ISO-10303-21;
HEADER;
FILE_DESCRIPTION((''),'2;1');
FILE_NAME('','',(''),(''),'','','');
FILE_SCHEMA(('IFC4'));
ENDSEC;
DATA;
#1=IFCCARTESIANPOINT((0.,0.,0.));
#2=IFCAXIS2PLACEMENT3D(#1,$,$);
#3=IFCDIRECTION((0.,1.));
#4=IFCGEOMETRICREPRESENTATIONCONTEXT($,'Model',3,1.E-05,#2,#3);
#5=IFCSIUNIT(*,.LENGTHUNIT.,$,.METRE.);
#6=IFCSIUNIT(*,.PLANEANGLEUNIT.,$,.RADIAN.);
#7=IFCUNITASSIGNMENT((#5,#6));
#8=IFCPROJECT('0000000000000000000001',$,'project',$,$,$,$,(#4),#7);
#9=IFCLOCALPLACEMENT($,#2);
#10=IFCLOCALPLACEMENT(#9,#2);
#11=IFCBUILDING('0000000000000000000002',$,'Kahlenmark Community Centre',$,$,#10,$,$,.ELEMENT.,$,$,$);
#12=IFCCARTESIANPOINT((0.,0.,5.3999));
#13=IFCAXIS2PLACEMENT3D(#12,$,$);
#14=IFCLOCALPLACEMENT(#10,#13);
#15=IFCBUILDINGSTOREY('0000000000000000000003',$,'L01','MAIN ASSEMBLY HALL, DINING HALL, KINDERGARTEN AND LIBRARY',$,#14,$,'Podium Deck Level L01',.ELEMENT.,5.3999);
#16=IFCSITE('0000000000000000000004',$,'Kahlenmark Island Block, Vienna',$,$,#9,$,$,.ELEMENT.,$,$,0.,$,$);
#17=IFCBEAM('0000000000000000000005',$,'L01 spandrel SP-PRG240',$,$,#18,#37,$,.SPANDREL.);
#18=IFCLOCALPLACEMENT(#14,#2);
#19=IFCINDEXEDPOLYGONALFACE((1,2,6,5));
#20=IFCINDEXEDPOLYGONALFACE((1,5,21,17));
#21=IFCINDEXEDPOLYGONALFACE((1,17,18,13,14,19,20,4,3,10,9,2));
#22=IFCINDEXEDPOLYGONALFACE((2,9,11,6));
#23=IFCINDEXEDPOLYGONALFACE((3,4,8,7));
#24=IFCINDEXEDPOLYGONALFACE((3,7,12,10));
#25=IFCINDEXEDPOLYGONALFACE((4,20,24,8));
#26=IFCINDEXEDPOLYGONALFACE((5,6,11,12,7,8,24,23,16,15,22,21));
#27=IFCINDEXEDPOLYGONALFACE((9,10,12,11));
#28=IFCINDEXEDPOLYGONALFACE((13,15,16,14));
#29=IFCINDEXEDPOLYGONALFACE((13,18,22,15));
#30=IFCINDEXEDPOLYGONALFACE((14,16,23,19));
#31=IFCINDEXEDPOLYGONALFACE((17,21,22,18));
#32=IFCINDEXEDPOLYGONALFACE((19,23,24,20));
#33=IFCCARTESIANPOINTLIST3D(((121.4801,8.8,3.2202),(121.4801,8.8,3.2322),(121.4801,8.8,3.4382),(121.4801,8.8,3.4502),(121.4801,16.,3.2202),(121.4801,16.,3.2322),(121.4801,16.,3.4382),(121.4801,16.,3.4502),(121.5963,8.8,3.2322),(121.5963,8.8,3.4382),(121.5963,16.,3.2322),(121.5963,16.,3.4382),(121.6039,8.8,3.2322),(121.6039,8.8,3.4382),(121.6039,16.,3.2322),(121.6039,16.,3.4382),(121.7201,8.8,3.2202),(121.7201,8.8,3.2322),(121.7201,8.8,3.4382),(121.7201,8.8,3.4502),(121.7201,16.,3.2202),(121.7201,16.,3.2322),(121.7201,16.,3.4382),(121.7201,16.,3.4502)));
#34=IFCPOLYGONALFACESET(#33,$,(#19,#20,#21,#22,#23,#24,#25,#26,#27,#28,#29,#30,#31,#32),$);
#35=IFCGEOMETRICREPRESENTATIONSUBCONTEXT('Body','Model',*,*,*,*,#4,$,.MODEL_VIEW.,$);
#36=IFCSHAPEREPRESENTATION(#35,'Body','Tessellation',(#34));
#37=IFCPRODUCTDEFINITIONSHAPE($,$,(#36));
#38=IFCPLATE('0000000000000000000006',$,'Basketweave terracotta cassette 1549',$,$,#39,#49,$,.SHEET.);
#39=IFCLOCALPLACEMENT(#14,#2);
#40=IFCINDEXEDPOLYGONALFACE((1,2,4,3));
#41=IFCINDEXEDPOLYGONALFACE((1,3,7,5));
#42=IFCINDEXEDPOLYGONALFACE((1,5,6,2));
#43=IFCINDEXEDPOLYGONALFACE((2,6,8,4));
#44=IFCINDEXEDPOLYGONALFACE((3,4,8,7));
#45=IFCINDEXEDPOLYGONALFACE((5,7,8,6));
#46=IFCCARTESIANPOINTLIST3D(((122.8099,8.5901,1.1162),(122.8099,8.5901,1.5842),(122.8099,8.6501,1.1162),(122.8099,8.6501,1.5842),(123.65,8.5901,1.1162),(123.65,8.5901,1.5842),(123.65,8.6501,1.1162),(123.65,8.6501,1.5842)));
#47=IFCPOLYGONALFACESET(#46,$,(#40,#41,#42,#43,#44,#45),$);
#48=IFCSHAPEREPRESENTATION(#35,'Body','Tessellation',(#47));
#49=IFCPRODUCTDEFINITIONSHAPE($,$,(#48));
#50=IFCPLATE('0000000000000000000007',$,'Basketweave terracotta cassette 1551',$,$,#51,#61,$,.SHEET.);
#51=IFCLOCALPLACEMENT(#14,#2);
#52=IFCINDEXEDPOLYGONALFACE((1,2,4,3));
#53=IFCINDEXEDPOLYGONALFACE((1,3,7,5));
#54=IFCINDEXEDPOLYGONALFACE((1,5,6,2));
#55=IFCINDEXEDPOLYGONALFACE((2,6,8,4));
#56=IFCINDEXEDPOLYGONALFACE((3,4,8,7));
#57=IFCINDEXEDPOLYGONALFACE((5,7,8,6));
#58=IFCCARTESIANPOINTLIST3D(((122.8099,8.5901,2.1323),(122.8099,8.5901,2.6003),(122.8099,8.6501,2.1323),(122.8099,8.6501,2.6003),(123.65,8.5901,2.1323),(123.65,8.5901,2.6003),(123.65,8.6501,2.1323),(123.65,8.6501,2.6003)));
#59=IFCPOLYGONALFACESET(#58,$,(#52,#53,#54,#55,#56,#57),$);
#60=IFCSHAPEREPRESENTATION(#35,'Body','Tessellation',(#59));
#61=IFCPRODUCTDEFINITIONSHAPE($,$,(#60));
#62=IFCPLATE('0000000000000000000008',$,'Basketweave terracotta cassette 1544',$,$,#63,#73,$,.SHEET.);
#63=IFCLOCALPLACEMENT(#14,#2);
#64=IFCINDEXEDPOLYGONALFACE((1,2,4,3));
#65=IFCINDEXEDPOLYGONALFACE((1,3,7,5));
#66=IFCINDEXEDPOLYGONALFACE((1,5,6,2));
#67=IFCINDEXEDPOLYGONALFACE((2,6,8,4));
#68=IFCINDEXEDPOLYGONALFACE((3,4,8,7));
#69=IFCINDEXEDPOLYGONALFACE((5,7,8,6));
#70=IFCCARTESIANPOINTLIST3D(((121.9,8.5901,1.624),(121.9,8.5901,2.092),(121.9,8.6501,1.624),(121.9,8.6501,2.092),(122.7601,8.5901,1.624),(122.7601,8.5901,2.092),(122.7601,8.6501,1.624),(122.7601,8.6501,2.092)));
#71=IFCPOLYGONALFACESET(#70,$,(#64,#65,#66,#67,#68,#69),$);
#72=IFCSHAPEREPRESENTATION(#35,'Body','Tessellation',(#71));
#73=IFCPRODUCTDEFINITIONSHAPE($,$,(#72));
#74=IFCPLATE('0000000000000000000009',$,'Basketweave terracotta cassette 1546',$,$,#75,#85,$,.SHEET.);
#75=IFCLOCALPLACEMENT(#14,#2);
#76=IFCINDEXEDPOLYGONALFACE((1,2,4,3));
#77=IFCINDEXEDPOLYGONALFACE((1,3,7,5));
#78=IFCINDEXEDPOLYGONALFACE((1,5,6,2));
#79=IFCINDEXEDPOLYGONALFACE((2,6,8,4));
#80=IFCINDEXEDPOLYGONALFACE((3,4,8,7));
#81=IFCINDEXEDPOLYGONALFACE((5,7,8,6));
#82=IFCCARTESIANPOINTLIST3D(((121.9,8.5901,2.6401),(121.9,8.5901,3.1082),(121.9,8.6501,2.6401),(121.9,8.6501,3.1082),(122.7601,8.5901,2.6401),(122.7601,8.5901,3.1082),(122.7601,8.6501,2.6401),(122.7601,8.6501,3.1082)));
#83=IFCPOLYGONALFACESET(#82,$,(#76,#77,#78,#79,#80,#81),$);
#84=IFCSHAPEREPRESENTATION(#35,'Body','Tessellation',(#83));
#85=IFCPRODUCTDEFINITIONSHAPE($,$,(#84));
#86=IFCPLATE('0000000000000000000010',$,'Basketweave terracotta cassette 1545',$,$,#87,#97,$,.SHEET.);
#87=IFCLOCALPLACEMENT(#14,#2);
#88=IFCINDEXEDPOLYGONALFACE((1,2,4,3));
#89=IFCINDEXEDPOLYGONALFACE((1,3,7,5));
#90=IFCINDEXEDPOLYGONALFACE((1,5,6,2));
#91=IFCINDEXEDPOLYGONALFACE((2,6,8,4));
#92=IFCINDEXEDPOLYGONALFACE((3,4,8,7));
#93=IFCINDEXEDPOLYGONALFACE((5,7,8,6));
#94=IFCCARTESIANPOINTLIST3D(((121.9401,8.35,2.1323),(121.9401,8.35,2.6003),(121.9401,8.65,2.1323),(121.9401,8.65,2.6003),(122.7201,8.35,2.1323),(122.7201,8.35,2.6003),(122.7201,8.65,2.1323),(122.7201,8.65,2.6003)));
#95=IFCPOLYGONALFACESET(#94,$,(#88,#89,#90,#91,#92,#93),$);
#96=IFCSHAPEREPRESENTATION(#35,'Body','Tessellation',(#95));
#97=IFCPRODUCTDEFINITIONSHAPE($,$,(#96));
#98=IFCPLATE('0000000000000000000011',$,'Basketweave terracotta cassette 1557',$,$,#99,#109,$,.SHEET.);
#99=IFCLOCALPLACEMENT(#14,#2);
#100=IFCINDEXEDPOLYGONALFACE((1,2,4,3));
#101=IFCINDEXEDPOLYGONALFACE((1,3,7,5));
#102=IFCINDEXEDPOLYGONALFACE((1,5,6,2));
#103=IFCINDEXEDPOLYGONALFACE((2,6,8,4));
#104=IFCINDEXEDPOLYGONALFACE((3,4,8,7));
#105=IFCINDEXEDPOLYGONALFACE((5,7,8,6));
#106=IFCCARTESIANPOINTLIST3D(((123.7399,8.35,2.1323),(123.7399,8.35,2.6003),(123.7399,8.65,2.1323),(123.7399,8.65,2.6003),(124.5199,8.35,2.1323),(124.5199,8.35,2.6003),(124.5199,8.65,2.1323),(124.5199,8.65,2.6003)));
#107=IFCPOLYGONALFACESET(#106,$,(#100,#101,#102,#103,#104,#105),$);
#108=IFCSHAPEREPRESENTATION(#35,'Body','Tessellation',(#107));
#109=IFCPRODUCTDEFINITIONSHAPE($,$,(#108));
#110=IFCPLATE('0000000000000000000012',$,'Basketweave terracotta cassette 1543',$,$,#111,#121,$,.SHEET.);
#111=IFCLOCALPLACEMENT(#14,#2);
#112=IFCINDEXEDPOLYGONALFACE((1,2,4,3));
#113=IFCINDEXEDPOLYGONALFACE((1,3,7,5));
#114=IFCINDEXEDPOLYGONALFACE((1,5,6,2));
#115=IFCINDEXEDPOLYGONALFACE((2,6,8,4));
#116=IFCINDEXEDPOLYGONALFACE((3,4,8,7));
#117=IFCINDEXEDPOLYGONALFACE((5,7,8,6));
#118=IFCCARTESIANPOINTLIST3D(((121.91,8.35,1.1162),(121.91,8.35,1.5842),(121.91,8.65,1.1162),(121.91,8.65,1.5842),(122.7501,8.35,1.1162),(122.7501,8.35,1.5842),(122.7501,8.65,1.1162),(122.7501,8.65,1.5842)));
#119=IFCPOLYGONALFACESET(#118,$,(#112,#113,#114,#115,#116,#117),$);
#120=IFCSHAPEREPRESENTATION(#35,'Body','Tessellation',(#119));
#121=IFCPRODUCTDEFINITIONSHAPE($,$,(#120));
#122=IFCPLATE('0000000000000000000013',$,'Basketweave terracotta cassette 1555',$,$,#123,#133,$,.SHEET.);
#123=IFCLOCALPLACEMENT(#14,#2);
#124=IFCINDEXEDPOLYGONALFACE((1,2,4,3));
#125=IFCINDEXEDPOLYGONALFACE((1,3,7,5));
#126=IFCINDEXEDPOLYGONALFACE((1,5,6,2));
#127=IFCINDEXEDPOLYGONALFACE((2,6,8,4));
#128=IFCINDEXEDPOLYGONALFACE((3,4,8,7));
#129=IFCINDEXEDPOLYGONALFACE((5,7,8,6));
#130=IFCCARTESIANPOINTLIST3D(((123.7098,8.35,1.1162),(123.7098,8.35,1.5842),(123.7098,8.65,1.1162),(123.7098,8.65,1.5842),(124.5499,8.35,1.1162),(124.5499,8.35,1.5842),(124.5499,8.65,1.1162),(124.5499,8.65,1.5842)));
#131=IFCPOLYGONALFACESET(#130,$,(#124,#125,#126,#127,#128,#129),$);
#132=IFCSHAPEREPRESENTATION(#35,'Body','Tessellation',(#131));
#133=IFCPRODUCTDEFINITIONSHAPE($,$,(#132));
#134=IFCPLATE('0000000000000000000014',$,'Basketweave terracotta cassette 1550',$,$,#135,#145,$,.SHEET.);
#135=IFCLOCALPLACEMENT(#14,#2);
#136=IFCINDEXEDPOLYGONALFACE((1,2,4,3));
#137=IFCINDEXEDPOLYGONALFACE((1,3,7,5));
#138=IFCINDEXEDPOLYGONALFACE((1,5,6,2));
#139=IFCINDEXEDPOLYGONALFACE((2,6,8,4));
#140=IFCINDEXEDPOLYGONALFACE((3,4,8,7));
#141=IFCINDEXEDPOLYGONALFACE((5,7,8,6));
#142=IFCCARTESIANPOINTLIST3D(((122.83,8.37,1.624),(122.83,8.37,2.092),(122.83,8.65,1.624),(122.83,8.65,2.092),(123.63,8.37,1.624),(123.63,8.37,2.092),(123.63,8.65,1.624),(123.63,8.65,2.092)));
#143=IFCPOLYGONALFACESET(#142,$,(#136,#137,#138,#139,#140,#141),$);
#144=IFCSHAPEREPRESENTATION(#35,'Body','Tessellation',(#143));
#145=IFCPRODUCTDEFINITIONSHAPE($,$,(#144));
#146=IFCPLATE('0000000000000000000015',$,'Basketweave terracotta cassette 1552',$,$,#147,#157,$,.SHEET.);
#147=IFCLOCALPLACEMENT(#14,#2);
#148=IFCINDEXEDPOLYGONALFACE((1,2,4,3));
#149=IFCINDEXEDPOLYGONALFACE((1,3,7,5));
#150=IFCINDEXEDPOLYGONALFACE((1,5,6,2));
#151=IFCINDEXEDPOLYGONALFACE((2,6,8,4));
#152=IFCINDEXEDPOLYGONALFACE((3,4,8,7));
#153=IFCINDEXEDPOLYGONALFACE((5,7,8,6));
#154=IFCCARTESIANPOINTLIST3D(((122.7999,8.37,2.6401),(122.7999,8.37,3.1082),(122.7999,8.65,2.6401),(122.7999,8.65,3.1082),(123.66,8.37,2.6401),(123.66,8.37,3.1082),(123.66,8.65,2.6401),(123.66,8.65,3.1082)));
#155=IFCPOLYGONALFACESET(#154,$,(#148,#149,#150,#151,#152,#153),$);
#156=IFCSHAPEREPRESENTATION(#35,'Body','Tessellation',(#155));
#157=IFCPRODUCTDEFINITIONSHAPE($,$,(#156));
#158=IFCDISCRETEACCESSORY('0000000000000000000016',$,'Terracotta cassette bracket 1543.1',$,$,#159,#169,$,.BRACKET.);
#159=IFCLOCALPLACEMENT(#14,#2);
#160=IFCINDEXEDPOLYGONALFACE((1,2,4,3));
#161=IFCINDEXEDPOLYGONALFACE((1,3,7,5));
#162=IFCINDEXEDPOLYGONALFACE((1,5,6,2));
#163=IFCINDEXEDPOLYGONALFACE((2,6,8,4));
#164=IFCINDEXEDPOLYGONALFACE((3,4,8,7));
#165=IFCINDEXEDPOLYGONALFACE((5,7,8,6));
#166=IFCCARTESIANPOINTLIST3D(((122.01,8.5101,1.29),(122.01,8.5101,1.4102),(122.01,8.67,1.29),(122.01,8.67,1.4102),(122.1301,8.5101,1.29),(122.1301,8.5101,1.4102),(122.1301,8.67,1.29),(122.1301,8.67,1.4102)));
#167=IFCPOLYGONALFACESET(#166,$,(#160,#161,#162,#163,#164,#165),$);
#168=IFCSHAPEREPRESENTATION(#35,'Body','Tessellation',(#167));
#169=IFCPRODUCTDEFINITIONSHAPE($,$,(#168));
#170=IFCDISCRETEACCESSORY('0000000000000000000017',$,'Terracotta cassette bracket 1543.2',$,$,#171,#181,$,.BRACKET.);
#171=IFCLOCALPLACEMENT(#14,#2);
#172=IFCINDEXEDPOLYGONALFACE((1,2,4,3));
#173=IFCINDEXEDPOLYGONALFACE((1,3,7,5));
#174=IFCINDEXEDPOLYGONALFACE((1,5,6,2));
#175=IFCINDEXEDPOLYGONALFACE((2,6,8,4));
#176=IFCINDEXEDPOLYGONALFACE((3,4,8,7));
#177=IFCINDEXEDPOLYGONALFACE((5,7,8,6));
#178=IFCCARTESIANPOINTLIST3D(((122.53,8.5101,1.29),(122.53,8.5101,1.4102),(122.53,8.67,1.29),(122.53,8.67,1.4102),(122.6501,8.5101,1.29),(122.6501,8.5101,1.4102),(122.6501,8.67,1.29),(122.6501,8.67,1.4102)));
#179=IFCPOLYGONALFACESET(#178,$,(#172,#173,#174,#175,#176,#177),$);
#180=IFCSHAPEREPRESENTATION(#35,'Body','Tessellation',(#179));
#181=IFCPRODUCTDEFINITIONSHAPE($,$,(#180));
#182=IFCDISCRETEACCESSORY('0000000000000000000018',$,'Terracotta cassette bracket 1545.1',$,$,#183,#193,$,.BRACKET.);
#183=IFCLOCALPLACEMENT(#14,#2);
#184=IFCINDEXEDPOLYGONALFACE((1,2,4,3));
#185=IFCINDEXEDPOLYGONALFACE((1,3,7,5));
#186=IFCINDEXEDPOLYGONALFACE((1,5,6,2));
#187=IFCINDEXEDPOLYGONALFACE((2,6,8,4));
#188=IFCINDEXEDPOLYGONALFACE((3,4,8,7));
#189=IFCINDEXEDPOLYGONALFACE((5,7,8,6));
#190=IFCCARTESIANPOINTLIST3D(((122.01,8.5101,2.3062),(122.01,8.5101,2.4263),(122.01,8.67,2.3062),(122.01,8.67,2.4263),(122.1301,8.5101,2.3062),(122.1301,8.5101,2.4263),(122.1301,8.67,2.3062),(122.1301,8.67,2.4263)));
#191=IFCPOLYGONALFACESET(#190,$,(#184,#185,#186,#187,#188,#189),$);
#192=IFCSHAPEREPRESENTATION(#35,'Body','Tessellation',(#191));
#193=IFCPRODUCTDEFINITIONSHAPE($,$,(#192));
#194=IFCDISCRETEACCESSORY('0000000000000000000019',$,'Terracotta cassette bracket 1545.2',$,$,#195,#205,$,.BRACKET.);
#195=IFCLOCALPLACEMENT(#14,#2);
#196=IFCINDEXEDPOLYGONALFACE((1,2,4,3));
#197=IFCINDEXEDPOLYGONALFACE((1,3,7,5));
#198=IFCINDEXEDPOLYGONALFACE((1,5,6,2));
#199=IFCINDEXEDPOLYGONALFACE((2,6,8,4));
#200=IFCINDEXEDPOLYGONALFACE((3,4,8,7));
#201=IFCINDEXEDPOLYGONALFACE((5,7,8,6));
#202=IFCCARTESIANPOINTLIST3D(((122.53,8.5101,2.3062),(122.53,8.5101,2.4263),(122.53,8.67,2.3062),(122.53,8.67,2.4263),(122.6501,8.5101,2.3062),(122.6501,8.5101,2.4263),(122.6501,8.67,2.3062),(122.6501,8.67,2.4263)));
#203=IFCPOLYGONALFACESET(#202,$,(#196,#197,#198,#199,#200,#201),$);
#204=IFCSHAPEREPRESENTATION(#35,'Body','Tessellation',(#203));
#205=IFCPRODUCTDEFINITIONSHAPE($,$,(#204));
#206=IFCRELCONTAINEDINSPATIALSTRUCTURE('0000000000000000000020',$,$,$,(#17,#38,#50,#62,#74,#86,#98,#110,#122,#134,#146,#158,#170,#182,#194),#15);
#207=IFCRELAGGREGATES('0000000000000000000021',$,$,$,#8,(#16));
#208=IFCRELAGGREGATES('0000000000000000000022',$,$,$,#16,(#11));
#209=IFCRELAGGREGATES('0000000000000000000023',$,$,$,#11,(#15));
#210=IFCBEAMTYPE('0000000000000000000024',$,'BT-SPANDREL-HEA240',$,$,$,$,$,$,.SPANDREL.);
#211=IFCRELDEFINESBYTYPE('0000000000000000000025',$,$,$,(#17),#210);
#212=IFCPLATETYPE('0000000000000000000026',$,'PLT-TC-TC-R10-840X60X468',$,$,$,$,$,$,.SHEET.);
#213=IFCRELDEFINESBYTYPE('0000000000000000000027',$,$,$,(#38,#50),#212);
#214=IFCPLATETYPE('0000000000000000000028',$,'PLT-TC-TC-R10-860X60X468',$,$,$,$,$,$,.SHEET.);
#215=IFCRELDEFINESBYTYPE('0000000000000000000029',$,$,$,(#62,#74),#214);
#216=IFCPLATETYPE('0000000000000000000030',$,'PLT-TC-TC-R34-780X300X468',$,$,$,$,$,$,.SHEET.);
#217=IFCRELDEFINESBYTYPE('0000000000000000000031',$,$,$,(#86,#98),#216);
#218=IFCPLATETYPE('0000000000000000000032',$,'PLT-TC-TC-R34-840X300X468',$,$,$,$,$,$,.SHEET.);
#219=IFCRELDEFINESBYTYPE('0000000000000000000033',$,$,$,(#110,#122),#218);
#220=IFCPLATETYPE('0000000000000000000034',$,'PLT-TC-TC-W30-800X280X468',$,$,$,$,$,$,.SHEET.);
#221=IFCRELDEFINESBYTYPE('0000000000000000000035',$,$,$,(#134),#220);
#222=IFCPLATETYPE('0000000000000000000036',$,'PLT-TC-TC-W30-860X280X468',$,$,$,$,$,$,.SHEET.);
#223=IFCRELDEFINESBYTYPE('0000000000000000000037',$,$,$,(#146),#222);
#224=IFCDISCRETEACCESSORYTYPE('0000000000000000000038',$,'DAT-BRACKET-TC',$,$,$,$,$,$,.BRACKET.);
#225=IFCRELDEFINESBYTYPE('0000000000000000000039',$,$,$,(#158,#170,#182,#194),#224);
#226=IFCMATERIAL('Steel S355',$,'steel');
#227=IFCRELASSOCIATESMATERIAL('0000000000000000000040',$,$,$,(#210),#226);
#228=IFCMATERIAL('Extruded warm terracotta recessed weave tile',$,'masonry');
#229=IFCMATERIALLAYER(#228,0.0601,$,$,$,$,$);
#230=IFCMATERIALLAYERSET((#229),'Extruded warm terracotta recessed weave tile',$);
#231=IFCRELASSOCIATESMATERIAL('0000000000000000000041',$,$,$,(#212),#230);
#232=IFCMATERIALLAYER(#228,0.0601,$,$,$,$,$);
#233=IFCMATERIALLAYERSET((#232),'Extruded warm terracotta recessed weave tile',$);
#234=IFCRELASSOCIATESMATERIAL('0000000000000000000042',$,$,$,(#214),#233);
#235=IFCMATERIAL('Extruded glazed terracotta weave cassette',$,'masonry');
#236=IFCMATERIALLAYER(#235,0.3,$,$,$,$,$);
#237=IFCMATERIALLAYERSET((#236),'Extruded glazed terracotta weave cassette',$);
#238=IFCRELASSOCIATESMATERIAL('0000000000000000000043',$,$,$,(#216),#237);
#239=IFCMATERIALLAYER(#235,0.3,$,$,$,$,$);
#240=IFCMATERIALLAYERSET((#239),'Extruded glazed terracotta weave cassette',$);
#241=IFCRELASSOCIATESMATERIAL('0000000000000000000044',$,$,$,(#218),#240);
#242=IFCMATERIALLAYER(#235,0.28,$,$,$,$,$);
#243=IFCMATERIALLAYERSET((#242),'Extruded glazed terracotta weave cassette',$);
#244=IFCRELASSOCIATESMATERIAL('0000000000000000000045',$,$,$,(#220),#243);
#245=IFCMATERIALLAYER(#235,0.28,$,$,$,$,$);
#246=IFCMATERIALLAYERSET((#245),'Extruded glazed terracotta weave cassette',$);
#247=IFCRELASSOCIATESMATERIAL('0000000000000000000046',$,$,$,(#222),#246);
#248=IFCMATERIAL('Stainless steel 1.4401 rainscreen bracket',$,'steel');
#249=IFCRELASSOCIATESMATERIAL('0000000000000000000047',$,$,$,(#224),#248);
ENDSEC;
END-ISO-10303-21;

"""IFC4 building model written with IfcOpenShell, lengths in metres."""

from ifc_helpers import new_model, si_unit, direction, frame, origin, origin_2d, place, context, subcontext, project, spatial, rectangle, i_section, extrude, material, layer, layer_set, material_profile, profile_set, type_object, element, save


model = new_model("IFC4")

# Units and contexts
model_context = context("Model", 3, precision=1e-05, world=origin(), true_north=direction((0.0, 1.0)))
body_context = subcontext(model_context, "Body", "Model", "MODEL_VIEW")
ifc_project = project(units=[si_unit("LENGTHUNIT", "METRE"), si_unit("PLANEANGLEUNIT", "RADIAN")], contexts=[model_context])

# Site, building, storey
site_placement = place(None, origin())
site = spatial("IfcSite", under=ifc_project, at=site_placement, Name="Kahlenmark Island Block, Vienna", CompositionType="ELEMENT", RefElevation=0.0)
building_placement = place(site_placement, origin())
building = spatial("IfcBuilding", under=site, at=building_placement, Name="Kahlenmark Community Centre", CompositionType="ELEMENT")
storey_placement = place(building_placement, frame((0.0, 0.0, 5.3999)))
storey = spatial("IfcBuildingStorey", under=building, at=storey_placement, Name="L01", Description="MAIN ASSEMBLY HALL, DINING HALL, KINDERGARTEN AND LIBRARY", LongName="Podium Deck Level L01", CompositionType="ELEMENT", Elevation=5.3999)

# Beam
ifc_material_1 = material(Name="Steel S355", Category="steel")
ifc_material_profile = material_profile(ifc_material_1, i_section(OverallWidth=0.24, OverallDepth=0.23, WebThickness=0.0076, FlangeThickness=0.012, at=origin_2d()), Name="HEA 240")
ifc_profile_set = profile_set([ifc_material_profile], Name="Steel S355")
beam_type = type_object("IfcBeamType", Name="BT-SPANDREL-HEA240", PredefinedType="SPANDREL", material=ifc_profile_set)
beam_placement = place(storey_placement, frame((121.6001, 8.8, 3.3352), z_axis=(0.0, 1.0, 0.0), x_axis=(-1.0, 0.0, 0.0)))
element("IfcBeam", 1, at=beam_placement, inside=storey, type_object=beam_type, Name="L01 spandrel SP-PRG240", PredefinedType="SPANDREL", context=body_context, shape_type="SweptSolid", body=[
    extrude(i_section(OverallWidth=0.24, OverallDepth=0.23, WebThickness=0.0076, FlangeThickness=0.012, at=origin_2d()), origin(), (0.0, 0.0, 1.0), 7.2),
])

# Plates
ifc_material_2 = material(Name="Extruded warm terracotta recessed weave tile", Category="masonry")
ifc_layer_1 = layer(ifc_material_2, 0.0601)
ifc_layer_set_1 = layer_set([ifc_layer_1], Name="Extruded warm terracotta recessed weave tile")
plate_type_1 = type_object("IfcPlateType", Name="PLT-TC-TC-R10-840X60X468", PredefinedType="SHEET", material=ifc_layer_set_1)
for number, where, z_axis, x_axis, name in (
    (2, (123.23, 8.6201, 1.1162), (0.0, 0.0, 1.0), (1.0, 0.0, 0.0), "Basketweave terracotta cassette 1549"),
    (3, (123.23, 8.6201, 2.1323), (0.0, 0.0, 1.0), (1.0, 0.0, 0.0), "Basketweave terracotta cassette 1551"),
):
    element("IfcPlate", number, at=place(storey_placement, frame(where, z_axis=z_axis, x_axis=x_axis)), inside=storey, type_object=plate_type_1, Name=name, PredefinedType="SHEET", context=body_context, shape_type="SweptSolid", body=[
        extrude(rectangle(XDim=0.8401, YDim=0.0601, at=origin_2d()), origin(), (0.0, 0.0, 1.0), 0.468),
    ])
ifc_layer_2 = layer(ifc_material_2, 0.0601)
ifc_layer_set_2 = layer_set([ifc_layer_2], Name="Extruded warm terracotta recessed weave tile")
plate_type_2 = type_object("IfcPlateType", Name="PLT-TC-TC-R10-860X60X468", PredefinedType="SHEET", material=ifc_layer_set_2)
for number, where, z_axis, x_axis, name in (
    (4, (122.3301, 8.6201, 1.624), (0.0, 0.0, 1.0), (1.0, 0.0, 0.0), "Basketweave terracotta cassette 1544"),
    (5, (122.3301, 8.6201, 2.6401), (0.0, 0.0, 1.0), (1.0, 0.0, 0.0), "Basketweave terracotta cassette 1546"),
):
    element("IfcPlate", number, at=place(storey_placement, frame(where, z_axis=z_axis, x_axis=x_axis)), inside=storey, type_object=plate_type_2, Name=name, PredefinedType="SHEET", context=body_context, shape_type="SweptSolid", body=[
        extrude(rectangle(XDim=0.8601, YDim=0.0601, at=origin_2d()), origin(), (0.0, 0.0, 1.0), 0.468),
    ])
ifc_material_3 = material(Name="Extruded glazed terracotta weave cassette", Category="masonry")
ifc_layer_3 = layer(ifc_material_3, 0.3)
ifc_layer_set_3 = layer_set([ifc_layer_3], Name="Extruded glazed terracotta weave cassette")
plate_type_3 = type_object("IfcPlateType", Name="PLT-TC-TC-R34-780X300X468", PredefinedType="SHEET", material=ifc_layer_set_3)
for number, where, z_axis, x_axis, name in (
    (6, (122.3301, 8.5, 2.1323), (0.0, 0.0, 1.0), (1.0, 0.0, 0.0), "Basketweave terracotta cassette 1545"),
    (7, (124.1299, 8.5, 2.1323), (0.0, 0.0, 1.0), (1.0, 0.0, 0.0), "Basketweave terracotta cassette 1557"),
):
    element("IfcPlate", number, at=place(storey_placement, frame(where, z_axis=z_axis, x_axis=x_axis)), inside=storey, type_object=plate_type_3, Name=name, PredefinedType="SHEET", context=body_context, shape_type="SweptSolid", body=[
        extrude(rectangle(XDim=0.78, YDim=0.3, at=origin_2d()), origin(), (0.0, 0.0, 1.0), 0.468),
    ])
ifc_layer_4 = layer(ifc_material_3, 0.3)
ifc_layer_set_4 = layer_set([ifc_layer_4], Name="Extruded glazed terracotta weave cassette")
plate_type_4 = type_object("IfcPlateType", Name="PLT-TC-TC-R34-840X300X468", PredefinedType="SHEET", material=ifc_layer_set_4)
for number, where, z_axis, x_axis, name in (
    (8, (122.3301, 8.5, 1.1162), (0.0, 0.0, 1.0), (1.0, 0.0, 0.0), "Basketweave terracotta cassette 1543"),
    (9, (124.1299, 8.5, 1.1162), (0.0, 0.0, 1.0), (1.0, 0.0, 0.0), "Basketweave terracotta cassette 1555"),
):
    element("IfcPlate", number, at=place(storey_placement, frame(where, z_axis=z_axis, x_axis=x_axis)), inside=storey, type_object=plate_type_4, Name=name, PredefinedType="SHEET", context=body_context, shape_type="SweptSolid", body=[
        extrude(rectangle(XDim=0.8401, YDim=0.3, at=origin_2d()), origin(), (0.0, 0.0, 1.0), 0.468),
    ])
ifc_layer_5 = layer(ifc_material_3, 0.28)
ifc_layer_set_5 = layer_set([ifc_layer_5], Name="Extruded glazed terracotta weave cassette")
plate_type_5 = type_object("IfcPlateType", Name="PLT-TC-TC-W30-800X280X468", PredefinedType="SHEET", material=ifc_layer_set_5)
plate_1_placement = place(storey_placement, frame((123.23, 8.51, 1.624), z_axis=(0.0, 0.0, 1.0), x_axis=(1.0, 0.0, 0.0)))
element("IfcPlate", 10, at=plate_1_placement, inside=storey, type_object=plate_type_5, Name="Basketweave terracotta cassette 1550", PredefinedType="SHEET", context=body_context, shape_type="SweptSolid", body=[
    extrude(rectangle(XDim=0.8, YDim=0.28, at=origin_2d()), origin(), (0.0, 0.0, 1.0), 0.468),
])
ifc_layer_6 = layer(ifc_material_3, 0.28)
ifc_layer_set_6 = layer_set([ifc_layer_6], Name="Extruded glazed terracotta weave cassette")
plate_type_6 = type_object("IfcPlateType", Name="PLT-TC-TC-W30-860X280X468", PredefinedType="SHEET", material=ifc_layer_set_6)
plate_2_placement = place(storey_placement, frame((123.23, 8.51, 2.6401), z_axis=(0.0, 0.0, 1.0), x_axis=(1.0, 0.0, 0.0)))
element("IfcPlate", 11, at=plate_2_placement, inside=storey, type_object=plate_type_6, Name="Basketweave terracotta cassette 1552", PredefinedType="SHEET", context=body_context, shape_type="SweptSolid", body=[
    extrude(rectangle(XDim=0.8601, YDim=0.28, at=origin_2d()), origin(), (0.0, 0.0, 1.0), 0.468),
])

# Discrete accessories
ifc_material_4 = material(Name="Stainless steel 1.4401 rainscreen bracket", Category="steel")
discrete_accessory_type = type_object("IfcDiscreteAccessoryType", Name="DAT-BRACKET-TC", PredefinedType="BRACKET", material=ifc_material_4)
for number, where, z_axis, x_axis, name in (
    (12, (122.0701, 8.5901, 1.29), (0.0, 0.0, 1.0), (1.0, 0.0, 0.0), "Terracotta cassette bracket 1543.1"),
    (13, (122.5901, 8.5901, 1.29), (0.0, 0.0, 1.0), (1.0, 0.0, 0.0), "Terracotta cassette bracket 1543.2"),
    (14, (122.0701, 8.5901, 2.3062), (0.0, 0.0, 1.0), (1.0, 0.0, 0.0), "Terracotta cassette bracket 1545.1"),
    (15, (122.5901, 8.5901, 2.3062), (0.0, 0.0, 1.0), (1.0, 0.0, 0.0), "Terracotta cassette bracket 1545.2"),
):
    element("IfcDiscreteAccessory", number, at=place(storey_placement, frame(where, z_axis=z_axis, x_axis=x_axis)), inside=storey, type_object=discrete_accessory_type, Name=name, PredefinedType="BRACKET", context=body_context, shape_type="SweptSolid", body=[
        extrude(rectangle(XDim=0.1201, YDim=0.1599, at=origin_2d()), origin(), (0.0, 0.0, 1.0), 0.1201),
    ])

save(model, "model.ifc")
